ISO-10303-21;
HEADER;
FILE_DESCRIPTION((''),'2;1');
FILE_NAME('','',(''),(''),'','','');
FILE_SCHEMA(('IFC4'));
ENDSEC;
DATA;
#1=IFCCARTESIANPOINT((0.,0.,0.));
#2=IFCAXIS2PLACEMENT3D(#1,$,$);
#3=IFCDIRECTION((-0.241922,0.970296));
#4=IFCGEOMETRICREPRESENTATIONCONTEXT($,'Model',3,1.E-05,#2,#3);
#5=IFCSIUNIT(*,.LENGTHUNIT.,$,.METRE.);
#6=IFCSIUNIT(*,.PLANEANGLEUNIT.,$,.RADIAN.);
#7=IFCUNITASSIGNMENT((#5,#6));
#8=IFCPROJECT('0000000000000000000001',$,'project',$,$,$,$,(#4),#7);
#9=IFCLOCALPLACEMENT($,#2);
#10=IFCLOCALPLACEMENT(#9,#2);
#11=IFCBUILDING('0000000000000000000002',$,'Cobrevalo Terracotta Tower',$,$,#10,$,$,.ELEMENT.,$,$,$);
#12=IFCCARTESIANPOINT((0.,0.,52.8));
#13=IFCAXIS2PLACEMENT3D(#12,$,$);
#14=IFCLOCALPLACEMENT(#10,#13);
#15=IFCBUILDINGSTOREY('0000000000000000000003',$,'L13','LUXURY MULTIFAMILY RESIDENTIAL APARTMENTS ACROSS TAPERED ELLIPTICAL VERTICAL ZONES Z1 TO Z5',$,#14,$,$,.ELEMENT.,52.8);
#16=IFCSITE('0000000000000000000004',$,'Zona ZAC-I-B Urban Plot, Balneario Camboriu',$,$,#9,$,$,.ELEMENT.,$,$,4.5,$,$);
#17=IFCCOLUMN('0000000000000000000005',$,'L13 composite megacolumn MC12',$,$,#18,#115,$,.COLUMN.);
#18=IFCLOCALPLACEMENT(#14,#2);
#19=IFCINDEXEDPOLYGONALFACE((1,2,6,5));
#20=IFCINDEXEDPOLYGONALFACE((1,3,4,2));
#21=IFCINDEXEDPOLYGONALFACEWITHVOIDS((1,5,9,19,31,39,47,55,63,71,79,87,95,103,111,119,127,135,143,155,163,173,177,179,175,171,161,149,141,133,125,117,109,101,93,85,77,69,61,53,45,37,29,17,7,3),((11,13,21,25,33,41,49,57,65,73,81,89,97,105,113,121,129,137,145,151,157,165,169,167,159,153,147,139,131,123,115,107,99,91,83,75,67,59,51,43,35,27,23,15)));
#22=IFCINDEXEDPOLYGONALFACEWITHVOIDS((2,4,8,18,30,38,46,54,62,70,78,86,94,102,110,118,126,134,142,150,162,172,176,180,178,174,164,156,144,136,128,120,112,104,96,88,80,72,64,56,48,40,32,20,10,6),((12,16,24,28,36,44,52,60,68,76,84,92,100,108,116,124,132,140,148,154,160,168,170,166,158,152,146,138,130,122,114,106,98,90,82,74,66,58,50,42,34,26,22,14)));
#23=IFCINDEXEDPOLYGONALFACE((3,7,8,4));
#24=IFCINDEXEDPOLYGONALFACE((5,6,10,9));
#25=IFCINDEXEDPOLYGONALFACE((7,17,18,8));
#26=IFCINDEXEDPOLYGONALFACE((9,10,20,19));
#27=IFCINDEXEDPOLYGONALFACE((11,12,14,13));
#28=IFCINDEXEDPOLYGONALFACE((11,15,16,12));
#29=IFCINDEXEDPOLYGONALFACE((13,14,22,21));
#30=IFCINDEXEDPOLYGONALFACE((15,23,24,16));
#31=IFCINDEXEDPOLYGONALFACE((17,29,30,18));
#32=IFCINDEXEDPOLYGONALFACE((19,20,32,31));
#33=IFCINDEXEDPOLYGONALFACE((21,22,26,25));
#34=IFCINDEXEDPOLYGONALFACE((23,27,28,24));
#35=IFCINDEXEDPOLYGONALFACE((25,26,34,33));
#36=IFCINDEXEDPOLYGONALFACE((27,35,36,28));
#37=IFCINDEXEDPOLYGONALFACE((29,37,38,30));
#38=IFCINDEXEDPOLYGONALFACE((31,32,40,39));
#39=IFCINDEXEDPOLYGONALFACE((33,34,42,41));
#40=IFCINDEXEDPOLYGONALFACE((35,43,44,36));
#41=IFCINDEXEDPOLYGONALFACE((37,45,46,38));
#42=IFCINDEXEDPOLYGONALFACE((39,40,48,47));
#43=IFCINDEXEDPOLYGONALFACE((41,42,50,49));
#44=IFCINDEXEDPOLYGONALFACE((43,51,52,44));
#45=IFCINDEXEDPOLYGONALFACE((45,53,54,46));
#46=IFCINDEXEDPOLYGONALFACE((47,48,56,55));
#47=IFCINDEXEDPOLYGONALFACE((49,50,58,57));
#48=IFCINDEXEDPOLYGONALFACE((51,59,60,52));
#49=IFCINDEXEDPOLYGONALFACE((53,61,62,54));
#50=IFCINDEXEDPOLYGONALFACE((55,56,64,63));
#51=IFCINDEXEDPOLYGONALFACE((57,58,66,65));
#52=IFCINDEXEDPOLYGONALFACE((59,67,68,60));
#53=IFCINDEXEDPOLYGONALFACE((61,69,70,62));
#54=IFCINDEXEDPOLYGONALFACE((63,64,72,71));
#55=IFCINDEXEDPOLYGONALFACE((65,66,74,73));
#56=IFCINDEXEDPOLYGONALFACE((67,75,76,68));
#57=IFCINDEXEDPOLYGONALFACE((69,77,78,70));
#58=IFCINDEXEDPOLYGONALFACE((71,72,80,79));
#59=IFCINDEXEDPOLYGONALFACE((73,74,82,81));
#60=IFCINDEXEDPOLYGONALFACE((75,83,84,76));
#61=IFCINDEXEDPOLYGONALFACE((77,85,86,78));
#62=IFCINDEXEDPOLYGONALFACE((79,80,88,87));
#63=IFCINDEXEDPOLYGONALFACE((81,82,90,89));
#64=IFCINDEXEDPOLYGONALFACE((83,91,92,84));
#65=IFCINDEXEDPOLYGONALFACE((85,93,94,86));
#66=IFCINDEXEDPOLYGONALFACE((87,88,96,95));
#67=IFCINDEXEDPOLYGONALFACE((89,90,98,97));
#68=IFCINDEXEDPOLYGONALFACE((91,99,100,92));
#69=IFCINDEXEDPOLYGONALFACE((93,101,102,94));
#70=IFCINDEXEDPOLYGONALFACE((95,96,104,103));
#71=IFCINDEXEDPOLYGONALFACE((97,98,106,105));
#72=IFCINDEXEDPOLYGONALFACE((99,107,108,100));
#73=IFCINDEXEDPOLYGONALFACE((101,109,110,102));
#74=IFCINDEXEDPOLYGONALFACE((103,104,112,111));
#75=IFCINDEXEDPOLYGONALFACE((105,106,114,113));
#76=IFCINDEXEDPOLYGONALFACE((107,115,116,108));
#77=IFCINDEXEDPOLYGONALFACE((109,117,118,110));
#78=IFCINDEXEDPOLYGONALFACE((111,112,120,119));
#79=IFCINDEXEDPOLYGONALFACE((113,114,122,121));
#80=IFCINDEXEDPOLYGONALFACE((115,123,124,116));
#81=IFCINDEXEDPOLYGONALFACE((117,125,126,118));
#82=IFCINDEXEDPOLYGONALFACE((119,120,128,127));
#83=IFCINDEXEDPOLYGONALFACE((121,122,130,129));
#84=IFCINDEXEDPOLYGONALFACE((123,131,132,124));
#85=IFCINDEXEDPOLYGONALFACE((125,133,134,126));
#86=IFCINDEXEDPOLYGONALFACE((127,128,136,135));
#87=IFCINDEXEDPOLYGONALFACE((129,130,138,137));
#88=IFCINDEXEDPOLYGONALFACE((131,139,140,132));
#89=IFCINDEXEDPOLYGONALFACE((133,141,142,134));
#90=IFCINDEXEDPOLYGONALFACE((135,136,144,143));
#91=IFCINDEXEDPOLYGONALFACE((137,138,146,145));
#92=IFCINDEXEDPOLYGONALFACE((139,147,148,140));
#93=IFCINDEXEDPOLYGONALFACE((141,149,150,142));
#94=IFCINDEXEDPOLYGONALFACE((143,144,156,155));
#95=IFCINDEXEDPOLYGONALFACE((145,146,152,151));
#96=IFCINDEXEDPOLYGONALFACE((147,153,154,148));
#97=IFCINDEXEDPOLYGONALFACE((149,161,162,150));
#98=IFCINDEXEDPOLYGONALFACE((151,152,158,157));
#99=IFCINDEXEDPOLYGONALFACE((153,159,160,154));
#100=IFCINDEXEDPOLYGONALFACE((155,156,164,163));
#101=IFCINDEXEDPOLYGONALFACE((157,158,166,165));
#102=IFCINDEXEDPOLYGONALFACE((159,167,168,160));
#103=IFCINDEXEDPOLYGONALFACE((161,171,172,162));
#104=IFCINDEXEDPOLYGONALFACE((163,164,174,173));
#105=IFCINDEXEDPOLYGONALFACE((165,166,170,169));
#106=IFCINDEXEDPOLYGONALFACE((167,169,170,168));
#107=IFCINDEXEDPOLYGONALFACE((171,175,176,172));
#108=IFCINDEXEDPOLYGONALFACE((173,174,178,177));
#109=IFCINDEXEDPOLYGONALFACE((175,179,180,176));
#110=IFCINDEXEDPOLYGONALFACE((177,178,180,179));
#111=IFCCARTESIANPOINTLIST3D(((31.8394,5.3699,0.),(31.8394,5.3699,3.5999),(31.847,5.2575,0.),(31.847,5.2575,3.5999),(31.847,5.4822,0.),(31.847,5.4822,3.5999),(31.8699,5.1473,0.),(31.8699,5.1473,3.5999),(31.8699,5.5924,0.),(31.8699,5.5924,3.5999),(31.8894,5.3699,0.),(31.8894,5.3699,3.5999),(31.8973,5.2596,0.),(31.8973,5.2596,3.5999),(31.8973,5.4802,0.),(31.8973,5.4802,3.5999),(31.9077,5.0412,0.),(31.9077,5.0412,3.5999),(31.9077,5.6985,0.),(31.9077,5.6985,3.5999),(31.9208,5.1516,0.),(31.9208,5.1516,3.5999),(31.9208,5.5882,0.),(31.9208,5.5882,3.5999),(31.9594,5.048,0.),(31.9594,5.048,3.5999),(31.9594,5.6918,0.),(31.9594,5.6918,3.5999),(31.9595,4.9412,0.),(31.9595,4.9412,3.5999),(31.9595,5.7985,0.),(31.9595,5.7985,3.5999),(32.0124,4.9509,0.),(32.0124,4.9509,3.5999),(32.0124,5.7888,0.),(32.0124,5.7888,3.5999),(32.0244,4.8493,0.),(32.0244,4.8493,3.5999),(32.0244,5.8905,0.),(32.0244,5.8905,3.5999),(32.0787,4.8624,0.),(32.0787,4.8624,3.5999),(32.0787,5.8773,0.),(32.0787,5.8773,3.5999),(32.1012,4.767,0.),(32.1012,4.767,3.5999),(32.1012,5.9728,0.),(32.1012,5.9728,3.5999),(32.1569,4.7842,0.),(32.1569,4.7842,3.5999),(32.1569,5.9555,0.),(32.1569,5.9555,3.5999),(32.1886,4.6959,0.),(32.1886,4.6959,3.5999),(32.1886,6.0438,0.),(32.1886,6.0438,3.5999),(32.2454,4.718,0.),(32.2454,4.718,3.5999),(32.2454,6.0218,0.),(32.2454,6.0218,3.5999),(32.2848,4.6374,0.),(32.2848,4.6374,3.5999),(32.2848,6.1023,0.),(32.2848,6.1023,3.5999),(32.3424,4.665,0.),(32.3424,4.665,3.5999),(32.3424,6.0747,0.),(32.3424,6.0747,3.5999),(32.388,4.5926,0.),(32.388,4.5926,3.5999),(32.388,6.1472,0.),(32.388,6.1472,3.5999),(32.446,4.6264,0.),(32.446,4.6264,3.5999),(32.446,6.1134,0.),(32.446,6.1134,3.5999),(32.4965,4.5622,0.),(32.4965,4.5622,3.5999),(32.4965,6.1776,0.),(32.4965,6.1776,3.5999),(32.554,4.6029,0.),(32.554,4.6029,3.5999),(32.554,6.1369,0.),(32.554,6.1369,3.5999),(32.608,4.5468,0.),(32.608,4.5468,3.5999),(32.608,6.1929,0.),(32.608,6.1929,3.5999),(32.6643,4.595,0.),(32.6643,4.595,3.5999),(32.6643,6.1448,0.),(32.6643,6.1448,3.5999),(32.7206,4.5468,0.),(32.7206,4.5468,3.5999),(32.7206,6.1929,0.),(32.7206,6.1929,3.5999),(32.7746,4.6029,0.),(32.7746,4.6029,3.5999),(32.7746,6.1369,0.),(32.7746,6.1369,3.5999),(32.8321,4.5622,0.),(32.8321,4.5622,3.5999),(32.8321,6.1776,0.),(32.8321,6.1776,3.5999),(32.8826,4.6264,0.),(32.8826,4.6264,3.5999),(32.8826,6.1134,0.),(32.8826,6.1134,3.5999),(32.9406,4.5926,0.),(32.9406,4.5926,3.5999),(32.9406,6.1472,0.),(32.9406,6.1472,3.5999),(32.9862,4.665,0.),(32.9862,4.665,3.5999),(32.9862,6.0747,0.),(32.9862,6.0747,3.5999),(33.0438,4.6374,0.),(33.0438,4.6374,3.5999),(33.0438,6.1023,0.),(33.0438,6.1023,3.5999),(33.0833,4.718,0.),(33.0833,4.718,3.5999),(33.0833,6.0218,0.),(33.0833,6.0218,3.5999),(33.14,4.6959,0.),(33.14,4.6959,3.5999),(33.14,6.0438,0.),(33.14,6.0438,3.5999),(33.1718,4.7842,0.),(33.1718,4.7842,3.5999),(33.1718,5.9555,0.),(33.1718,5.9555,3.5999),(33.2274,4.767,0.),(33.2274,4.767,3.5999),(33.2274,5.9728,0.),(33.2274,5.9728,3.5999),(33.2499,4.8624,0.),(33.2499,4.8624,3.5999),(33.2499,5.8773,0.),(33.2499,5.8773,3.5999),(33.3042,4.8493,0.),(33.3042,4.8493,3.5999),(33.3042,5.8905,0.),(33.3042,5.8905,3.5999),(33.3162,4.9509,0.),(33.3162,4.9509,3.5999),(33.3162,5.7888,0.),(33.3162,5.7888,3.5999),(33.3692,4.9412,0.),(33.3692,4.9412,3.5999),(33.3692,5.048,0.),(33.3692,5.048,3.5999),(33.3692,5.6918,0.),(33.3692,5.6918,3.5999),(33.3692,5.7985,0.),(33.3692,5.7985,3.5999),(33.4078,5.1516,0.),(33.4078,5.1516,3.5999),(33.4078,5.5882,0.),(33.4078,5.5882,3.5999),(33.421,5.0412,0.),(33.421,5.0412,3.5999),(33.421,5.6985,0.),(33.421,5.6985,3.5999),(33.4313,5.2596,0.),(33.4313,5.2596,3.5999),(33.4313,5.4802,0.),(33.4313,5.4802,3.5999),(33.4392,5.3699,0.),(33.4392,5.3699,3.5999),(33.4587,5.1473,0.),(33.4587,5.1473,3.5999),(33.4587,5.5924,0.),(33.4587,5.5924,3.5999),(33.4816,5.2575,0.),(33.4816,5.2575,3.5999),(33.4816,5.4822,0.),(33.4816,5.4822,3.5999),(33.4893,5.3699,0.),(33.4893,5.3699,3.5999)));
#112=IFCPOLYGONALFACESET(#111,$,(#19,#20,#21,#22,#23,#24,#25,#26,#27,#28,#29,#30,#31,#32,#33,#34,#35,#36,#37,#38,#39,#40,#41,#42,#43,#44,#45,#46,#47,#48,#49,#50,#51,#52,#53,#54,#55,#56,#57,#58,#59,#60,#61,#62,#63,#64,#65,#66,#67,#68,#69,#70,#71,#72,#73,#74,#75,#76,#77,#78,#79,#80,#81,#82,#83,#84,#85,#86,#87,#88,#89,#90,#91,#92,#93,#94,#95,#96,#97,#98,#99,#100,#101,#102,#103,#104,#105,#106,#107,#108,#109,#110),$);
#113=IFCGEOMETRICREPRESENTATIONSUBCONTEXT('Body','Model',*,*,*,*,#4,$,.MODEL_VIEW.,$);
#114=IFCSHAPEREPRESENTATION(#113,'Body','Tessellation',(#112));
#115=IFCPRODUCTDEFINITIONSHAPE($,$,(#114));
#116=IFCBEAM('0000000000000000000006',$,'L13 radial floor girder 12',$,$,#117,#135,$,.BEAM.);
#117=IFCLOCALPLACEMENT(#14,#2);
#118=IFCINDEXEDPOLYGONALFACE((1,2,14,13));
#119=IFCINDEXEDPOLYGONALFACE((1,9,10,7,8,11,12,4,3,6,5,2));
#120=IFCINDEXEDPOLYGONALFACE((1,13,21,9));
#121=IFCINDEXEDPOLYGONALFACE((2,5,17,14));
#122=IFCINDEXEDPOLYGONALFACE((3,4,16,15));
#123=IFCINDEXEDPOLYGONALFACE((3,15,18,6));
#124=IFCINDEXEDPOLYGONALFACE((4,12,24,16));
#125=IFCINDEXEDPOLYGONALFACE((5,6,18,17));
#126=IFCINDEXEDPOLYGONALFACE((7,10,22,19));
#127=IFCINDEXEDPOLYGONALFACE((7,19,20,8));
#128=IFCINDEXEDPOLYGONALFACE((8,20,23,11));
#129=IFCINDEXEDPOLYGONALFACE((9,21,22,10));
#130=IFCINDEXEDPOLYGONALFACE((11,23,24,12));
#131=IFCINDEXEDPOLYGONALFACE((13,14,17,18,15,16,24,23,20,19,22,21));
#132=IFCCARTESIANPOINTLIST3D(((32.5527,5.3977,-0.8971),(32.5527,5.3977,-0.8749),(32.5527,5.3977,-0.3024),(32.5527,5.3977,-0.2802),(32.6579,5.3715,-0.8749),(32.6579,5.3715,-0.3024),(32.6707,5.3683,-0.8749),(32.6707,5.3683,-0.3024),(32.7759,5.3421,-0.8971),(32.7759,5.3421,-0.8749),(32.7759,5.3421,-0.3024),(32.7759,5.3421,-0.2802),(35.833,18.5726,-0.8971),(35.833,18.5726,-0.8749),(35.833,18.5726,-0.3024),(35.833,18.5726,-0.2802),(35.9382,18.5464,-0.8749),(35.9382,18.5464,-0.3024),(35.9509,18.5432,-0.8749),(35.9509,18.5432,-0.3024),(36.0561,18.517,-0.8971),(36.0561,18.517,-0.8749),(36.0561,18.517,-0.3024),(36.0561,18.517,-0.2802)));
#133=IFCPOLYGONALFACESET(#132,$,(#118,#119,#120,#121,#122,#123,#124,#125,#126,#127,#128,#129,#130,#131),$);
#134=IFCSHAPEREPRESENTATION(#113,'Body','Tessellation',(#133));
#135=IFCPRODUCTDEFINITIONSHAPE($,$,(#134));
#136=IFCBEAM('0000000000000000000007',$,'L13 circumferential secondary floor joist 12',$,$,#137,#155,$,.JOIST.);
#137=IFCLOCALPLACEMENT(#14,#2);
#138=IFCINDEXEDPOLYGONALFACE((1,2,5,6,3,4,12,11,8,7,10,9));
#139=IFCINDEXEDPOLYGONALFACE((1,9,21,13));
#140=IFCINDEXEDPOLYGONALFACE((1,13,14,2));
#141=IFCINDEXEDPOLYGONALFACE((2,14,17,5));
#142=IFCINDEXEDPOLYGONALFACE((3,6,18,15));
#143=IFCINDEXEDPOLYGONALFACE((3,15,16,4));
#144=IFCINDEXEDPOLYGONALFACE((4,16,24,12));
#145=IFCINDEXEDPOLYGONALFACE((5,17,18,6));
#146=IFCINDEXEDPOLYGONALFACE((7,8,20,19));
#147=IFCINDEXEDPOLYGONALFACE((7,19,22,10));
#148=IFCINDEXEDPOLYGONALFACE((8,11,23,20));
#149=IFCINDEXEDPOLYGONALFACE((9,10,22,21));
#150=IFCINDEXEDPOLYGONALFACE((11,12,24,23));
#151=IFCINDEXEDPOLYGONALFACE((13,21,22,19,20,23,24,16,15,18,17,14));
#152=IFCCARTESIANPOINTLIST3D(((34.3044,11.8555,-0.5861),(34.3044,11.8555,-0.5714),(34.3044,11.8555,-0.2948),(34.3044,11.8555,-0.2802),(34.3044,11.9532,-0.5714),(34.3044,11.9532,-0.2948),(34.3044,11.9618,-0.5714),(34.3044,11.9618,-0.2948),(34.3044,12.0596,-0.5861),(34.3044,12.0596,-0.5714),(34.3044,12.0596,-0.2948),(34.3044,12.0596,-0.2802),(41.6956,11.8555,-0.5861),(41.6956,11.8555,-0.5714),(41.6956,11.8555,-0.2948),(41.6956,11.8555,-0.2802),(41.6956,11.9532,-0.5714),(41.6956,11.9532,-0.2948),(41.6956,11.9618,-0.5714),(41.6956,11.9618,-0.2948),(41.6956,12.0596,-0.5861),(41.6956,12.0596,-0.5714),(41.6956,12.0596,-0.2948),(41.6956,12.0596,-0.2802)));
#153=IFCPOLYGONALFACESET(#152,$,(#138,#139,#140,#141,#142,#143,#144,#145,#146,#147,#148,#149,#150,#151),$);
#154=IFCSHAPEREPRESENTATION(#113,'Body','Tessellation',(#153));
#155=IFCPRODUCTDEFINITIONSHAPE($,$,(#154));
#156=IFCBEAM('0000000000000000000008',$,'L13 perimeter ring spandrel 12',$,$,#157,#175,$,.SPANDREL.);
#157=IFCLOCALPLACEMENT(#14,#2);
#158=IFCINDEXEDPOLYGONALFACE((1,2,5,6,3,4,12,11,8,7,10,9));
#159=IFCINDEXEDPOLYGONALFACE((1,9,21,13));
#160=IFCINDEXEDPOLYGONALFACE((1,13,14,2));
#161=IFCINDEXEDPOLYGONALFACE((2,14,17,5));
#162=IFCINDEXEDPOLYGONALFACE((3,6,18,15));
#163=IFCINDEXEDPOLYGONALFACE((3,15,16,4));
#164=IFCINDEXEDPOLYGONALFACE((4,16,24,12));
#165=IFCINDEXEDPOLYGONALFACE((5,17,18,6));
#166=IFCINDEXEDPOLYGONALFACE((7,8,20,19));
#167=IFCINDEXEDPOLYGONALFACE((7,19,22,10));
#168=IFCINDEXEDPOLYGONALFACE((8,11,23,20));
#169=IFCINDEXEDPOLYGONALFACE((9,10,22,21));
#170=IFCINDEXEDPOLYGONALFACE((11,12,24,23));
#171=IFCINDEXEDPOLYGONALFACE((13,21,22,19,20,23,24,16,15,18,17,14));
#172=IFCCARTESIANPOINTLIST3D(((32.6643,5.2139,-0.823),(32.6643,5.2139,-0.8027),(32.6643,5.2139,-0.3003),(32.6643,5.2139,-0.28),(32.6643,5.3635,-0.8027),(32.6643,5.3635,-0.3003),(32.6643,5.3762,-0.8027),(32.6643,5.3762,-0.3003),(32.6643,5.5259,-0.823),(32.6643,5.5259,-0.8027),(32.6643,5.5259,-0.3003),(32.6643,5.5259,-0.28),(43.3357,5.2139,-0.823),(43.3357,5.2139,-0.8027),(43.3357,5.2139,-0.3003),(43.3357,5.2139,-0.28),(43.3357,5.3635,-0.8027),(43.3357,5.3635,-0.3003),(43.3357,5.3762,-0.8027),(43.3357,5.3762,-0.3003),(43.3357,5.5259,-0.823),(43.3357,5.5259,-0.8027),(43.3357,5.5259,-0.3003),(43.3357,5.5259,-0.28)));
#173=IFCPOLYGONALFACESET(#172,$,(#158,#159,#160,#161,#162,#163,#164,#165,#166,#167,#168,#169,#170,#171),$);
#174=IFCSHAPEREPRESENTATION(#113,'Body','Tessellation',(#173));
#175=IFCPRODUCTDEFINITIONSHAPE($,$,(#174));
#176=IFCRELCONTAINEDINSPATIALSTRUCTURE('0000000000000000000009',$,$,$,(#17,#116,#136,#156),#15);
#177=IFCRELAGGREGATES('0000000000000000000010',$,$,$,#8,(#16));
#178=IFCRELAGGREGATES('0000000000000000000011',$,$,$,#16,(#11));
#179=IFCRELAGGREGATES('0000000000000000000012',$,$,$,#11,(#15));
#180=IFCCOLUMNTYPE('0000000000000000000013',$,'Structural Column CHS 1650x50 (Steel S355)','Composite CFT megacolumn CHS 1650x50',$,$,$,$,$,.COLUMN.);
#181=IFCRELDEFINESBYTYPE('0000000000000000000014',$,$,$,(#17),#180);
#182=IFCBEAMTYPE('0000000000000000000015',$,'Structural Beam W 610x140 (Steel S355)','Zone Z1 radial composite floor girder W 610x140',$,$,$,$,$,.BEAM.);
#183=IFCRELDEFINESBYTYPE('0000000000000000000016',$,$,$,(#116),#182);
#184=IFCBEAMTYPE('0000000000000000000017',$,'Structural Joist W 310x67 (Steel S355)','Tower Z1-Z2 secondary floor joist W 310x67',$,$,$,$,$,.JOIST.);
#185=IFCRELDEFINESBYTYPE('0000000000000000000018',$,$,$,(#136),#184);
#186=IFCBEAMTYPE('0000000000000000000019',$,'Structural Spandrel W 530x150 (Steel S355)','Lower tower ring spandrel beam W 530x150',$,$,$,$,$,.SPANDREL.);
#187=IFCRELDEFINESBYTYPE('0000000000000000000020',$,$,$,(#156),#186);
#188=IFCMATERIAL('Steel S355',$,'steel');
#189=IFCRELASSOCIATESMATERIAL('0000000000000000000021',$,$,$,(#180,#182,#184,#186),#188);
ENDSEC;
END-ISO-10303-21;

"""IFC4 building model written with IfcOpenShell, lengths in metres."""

from ifc_helpers import new_model, si_unit, direction, frame, origin, origin_2d, place, context, subcontext, project, spatial, hollow_circle, i_section, extrude, material, material_profile, profile_set, type_object, element, save


model = new_model("IFC4")

# Units and contexts
model_context = context("Model", 3, precision=1e-05, world=origin(), true_north=direction((-0.241922, 0.970296)))
body_context = subcontext(model_context, "Body", "Model", "MODEL_VIEW")
ifc_project = project(units=[si_unit("LENGTHUNIT", "METRE"), si_unit("PLANEANGLEUNIT", "RADIAN")], contexts=[model_context])

# Site, building, storey
site_placement = place(None, origin())
site = spatial("IfcSite", under=ifc_project, at=site_placement, Name="Zona ZAC-I-B Urban Plot, Balneario Camboriu", CompositionType="ELEMENT", RefElevation=4.5)
building_placement = place(site_placement, origin())
building = spatial("IfcBuilding", under=site, at=building_placement, Name="Cobrevalo Terracotta Tower", CompositionType="ELEMENT")
storey_placement = place(building_placement, frame((0.0, 0.0, 52.8)))
storey = spatial("IfcBuildingStorey", under=building, at=storey_placement, Name="L13", Description="LUXURY MULTIFAMILY RESIDENTIAL APARTMENTS ACROSS TAPERED ELLIPTICAL VERTICAL ZONES Z1 TO Z5", CompositionType="ELEMENT", Elevation=52.8)

# Column
ifc_material_1 = material(Name="Steel S355", Category="steel")
ifc_material_profile_1 = material_profile(ifc_material_1, hollow_circle(Radius=0.825, WallThickness=0.05, at=origin_2d()), Name="CHS 1650x50")
ifc_profile_set_1 = profile_set([ifc_material_profile_1], Name="Steel S355")
column_type = type_object("IfcColumnType", Name="Structural Column CHS 1650x50 (Steel S355)", Description="Composite CFT megacolumn CHS 1650x50", PredefinedType="COLUMN", material=ifc_profile_set_1)
column_placement = place(storey_placement, frame((32.6643, 5.3699, 0.0), z_axis=(0.0, 0.0, 1.0), x_axis=(1.0, 0.0, 0.0)))
element("IfcColumn", 1, at=column_placement, inside=storey, type_object=column_type, Name="L13 composite megacolumn MC12", PredefinedType="COLUMN", context=body_context, shape_type="SweptSolid", body=[
    extrude(hollow_circle(Radius=0.825, WallThickness=0.05, at=origin_2d()), origin(), (0.0, 0.0, 1.0), 3.5999),
])

# Beams
ifc_material_profile_2 = material_profile(ifc_material_1, i_section(OverallWidth=0.23, OverallDepth=0.6169, WebThickness=0.0132, FlangeThickness=0.0222, at=origin_2d()), Name="W 610x140")
ifc_profile_set_2 = profile_set([ifc_material_profile_2], Name="Steel S355")
beam_type_1 = type_object("IfcBeamType", Name="Structural Beam W 610x140 (Steel S355)", Description="Zone Z1 radial composite floor girder W 610x140", PredefinedType="BEAM", material=ifc_profile_set_2)
beam_1_placement = place(storey_placement, frame((32.6643, 5.3699, -0.5886), z_axis=(0.2416, 0.970376, 0.0), x_axis=(-0.970376, 0.2416, 0.0)))
element("IfcBeam", 2, at=beam_1_placement, inside=storey, type_object=beam_type_1, Name="L13 radial floor girder 12", PredefinedType="BEAM", context=body_context, shape_type="SweptSolid", body=[
    extrude(i_section(OverallWidth=0.23, OverallDepth=0.6169, WebThickness=0.0132, FlangeThickness=0.0222, at=origin_2d()), origin(), (0.0, 0.0, 1.0), 13.5771),
])
ifc_material_profile_3 = material_profile(ifc_material_1, i_section(OverallWidth=0.2041, OverallDepth=0.3059, WebThickness=0.0085, FlangeThickness=0.0146, at=origin_2d()), Name="W 310x67")
ifc_profile_set_3 = profile_set([ifc_material_profile_3], Name="Steel S355")
beam_type_2 = type_object("IfcBeamType", Name="Structural Joist W 310x67 (Steel S355)", Description="Tower Z1-Z2 secondary floor joist W 310x67", PredefinedType="JOIST", material=ifc_profile_set_3)
beam_2_placement = place(storey_placement, frame((34.3044, 11.9575, -0.4331), z_axis=(1.0, 0.0, 0.0), x_axis=(0.0, 1.0, 0.0)))
element("IfcBeam", 3, at=beam_2_placement, inside=storey, type_object=beam_type_2, Name="L13 circumferential secondary floor joist 12", PredefinedType="JOIST", context=body_context, shape_type="SweptSolid", body=[
    extrude(i_section(OverallWidth=0.2041, OverallDepth=0.3059, WebThickness=0.0085, FlangeThickness=0.0146, at=origin_2d()), origin(), (0.0, 0.0, 1.0), 7.3911),
])
ifc_material_profile_4 = material_profile(ifc_material_1, i_section(OverallWidth=0.312, OverallDepth=0.543, WebThickness=0.0127, FlangeThickness=0.0203, at=origin_2d()), Name="W 530x150")
ifc_profile_set_4 = profile_set([ifc_material_profile_4], Name="Steel S355")
beam_type_3 = type_object("IfcBeamType", Name="Structural Spandrel W 530x150 (Steel S355)", Description="Lower tower ring spandrel beam W 530x150", PredefinedType="SPANDREL", material=ifc_profile_set_4)
beam_3_placement = place(storey_placement, frame((32.6643, 5.3699, -0.5515), z_axis=(1.0, 0.0, 0.0), x_axis=(0.0, 1.0, 0.0)))
element("IfcBeam", 4, at=beam_3_placement, inside=storey, type_object=beam_type_3, Name="L13 perimeter ring spandrel 12", PredefinedType="SPANDREL", context=body_context, shape_type="SweptSolid", body=[
    extrude(i_section(OverallWidth=0.312, OverallDepth=0.543, WebThickness=0.0127, FlangeThickness=0.0203, at=origin_2d()), origin(), (0.0, 0.0, 1.0), 10.6714),
])

save(model, "model.ifc")
